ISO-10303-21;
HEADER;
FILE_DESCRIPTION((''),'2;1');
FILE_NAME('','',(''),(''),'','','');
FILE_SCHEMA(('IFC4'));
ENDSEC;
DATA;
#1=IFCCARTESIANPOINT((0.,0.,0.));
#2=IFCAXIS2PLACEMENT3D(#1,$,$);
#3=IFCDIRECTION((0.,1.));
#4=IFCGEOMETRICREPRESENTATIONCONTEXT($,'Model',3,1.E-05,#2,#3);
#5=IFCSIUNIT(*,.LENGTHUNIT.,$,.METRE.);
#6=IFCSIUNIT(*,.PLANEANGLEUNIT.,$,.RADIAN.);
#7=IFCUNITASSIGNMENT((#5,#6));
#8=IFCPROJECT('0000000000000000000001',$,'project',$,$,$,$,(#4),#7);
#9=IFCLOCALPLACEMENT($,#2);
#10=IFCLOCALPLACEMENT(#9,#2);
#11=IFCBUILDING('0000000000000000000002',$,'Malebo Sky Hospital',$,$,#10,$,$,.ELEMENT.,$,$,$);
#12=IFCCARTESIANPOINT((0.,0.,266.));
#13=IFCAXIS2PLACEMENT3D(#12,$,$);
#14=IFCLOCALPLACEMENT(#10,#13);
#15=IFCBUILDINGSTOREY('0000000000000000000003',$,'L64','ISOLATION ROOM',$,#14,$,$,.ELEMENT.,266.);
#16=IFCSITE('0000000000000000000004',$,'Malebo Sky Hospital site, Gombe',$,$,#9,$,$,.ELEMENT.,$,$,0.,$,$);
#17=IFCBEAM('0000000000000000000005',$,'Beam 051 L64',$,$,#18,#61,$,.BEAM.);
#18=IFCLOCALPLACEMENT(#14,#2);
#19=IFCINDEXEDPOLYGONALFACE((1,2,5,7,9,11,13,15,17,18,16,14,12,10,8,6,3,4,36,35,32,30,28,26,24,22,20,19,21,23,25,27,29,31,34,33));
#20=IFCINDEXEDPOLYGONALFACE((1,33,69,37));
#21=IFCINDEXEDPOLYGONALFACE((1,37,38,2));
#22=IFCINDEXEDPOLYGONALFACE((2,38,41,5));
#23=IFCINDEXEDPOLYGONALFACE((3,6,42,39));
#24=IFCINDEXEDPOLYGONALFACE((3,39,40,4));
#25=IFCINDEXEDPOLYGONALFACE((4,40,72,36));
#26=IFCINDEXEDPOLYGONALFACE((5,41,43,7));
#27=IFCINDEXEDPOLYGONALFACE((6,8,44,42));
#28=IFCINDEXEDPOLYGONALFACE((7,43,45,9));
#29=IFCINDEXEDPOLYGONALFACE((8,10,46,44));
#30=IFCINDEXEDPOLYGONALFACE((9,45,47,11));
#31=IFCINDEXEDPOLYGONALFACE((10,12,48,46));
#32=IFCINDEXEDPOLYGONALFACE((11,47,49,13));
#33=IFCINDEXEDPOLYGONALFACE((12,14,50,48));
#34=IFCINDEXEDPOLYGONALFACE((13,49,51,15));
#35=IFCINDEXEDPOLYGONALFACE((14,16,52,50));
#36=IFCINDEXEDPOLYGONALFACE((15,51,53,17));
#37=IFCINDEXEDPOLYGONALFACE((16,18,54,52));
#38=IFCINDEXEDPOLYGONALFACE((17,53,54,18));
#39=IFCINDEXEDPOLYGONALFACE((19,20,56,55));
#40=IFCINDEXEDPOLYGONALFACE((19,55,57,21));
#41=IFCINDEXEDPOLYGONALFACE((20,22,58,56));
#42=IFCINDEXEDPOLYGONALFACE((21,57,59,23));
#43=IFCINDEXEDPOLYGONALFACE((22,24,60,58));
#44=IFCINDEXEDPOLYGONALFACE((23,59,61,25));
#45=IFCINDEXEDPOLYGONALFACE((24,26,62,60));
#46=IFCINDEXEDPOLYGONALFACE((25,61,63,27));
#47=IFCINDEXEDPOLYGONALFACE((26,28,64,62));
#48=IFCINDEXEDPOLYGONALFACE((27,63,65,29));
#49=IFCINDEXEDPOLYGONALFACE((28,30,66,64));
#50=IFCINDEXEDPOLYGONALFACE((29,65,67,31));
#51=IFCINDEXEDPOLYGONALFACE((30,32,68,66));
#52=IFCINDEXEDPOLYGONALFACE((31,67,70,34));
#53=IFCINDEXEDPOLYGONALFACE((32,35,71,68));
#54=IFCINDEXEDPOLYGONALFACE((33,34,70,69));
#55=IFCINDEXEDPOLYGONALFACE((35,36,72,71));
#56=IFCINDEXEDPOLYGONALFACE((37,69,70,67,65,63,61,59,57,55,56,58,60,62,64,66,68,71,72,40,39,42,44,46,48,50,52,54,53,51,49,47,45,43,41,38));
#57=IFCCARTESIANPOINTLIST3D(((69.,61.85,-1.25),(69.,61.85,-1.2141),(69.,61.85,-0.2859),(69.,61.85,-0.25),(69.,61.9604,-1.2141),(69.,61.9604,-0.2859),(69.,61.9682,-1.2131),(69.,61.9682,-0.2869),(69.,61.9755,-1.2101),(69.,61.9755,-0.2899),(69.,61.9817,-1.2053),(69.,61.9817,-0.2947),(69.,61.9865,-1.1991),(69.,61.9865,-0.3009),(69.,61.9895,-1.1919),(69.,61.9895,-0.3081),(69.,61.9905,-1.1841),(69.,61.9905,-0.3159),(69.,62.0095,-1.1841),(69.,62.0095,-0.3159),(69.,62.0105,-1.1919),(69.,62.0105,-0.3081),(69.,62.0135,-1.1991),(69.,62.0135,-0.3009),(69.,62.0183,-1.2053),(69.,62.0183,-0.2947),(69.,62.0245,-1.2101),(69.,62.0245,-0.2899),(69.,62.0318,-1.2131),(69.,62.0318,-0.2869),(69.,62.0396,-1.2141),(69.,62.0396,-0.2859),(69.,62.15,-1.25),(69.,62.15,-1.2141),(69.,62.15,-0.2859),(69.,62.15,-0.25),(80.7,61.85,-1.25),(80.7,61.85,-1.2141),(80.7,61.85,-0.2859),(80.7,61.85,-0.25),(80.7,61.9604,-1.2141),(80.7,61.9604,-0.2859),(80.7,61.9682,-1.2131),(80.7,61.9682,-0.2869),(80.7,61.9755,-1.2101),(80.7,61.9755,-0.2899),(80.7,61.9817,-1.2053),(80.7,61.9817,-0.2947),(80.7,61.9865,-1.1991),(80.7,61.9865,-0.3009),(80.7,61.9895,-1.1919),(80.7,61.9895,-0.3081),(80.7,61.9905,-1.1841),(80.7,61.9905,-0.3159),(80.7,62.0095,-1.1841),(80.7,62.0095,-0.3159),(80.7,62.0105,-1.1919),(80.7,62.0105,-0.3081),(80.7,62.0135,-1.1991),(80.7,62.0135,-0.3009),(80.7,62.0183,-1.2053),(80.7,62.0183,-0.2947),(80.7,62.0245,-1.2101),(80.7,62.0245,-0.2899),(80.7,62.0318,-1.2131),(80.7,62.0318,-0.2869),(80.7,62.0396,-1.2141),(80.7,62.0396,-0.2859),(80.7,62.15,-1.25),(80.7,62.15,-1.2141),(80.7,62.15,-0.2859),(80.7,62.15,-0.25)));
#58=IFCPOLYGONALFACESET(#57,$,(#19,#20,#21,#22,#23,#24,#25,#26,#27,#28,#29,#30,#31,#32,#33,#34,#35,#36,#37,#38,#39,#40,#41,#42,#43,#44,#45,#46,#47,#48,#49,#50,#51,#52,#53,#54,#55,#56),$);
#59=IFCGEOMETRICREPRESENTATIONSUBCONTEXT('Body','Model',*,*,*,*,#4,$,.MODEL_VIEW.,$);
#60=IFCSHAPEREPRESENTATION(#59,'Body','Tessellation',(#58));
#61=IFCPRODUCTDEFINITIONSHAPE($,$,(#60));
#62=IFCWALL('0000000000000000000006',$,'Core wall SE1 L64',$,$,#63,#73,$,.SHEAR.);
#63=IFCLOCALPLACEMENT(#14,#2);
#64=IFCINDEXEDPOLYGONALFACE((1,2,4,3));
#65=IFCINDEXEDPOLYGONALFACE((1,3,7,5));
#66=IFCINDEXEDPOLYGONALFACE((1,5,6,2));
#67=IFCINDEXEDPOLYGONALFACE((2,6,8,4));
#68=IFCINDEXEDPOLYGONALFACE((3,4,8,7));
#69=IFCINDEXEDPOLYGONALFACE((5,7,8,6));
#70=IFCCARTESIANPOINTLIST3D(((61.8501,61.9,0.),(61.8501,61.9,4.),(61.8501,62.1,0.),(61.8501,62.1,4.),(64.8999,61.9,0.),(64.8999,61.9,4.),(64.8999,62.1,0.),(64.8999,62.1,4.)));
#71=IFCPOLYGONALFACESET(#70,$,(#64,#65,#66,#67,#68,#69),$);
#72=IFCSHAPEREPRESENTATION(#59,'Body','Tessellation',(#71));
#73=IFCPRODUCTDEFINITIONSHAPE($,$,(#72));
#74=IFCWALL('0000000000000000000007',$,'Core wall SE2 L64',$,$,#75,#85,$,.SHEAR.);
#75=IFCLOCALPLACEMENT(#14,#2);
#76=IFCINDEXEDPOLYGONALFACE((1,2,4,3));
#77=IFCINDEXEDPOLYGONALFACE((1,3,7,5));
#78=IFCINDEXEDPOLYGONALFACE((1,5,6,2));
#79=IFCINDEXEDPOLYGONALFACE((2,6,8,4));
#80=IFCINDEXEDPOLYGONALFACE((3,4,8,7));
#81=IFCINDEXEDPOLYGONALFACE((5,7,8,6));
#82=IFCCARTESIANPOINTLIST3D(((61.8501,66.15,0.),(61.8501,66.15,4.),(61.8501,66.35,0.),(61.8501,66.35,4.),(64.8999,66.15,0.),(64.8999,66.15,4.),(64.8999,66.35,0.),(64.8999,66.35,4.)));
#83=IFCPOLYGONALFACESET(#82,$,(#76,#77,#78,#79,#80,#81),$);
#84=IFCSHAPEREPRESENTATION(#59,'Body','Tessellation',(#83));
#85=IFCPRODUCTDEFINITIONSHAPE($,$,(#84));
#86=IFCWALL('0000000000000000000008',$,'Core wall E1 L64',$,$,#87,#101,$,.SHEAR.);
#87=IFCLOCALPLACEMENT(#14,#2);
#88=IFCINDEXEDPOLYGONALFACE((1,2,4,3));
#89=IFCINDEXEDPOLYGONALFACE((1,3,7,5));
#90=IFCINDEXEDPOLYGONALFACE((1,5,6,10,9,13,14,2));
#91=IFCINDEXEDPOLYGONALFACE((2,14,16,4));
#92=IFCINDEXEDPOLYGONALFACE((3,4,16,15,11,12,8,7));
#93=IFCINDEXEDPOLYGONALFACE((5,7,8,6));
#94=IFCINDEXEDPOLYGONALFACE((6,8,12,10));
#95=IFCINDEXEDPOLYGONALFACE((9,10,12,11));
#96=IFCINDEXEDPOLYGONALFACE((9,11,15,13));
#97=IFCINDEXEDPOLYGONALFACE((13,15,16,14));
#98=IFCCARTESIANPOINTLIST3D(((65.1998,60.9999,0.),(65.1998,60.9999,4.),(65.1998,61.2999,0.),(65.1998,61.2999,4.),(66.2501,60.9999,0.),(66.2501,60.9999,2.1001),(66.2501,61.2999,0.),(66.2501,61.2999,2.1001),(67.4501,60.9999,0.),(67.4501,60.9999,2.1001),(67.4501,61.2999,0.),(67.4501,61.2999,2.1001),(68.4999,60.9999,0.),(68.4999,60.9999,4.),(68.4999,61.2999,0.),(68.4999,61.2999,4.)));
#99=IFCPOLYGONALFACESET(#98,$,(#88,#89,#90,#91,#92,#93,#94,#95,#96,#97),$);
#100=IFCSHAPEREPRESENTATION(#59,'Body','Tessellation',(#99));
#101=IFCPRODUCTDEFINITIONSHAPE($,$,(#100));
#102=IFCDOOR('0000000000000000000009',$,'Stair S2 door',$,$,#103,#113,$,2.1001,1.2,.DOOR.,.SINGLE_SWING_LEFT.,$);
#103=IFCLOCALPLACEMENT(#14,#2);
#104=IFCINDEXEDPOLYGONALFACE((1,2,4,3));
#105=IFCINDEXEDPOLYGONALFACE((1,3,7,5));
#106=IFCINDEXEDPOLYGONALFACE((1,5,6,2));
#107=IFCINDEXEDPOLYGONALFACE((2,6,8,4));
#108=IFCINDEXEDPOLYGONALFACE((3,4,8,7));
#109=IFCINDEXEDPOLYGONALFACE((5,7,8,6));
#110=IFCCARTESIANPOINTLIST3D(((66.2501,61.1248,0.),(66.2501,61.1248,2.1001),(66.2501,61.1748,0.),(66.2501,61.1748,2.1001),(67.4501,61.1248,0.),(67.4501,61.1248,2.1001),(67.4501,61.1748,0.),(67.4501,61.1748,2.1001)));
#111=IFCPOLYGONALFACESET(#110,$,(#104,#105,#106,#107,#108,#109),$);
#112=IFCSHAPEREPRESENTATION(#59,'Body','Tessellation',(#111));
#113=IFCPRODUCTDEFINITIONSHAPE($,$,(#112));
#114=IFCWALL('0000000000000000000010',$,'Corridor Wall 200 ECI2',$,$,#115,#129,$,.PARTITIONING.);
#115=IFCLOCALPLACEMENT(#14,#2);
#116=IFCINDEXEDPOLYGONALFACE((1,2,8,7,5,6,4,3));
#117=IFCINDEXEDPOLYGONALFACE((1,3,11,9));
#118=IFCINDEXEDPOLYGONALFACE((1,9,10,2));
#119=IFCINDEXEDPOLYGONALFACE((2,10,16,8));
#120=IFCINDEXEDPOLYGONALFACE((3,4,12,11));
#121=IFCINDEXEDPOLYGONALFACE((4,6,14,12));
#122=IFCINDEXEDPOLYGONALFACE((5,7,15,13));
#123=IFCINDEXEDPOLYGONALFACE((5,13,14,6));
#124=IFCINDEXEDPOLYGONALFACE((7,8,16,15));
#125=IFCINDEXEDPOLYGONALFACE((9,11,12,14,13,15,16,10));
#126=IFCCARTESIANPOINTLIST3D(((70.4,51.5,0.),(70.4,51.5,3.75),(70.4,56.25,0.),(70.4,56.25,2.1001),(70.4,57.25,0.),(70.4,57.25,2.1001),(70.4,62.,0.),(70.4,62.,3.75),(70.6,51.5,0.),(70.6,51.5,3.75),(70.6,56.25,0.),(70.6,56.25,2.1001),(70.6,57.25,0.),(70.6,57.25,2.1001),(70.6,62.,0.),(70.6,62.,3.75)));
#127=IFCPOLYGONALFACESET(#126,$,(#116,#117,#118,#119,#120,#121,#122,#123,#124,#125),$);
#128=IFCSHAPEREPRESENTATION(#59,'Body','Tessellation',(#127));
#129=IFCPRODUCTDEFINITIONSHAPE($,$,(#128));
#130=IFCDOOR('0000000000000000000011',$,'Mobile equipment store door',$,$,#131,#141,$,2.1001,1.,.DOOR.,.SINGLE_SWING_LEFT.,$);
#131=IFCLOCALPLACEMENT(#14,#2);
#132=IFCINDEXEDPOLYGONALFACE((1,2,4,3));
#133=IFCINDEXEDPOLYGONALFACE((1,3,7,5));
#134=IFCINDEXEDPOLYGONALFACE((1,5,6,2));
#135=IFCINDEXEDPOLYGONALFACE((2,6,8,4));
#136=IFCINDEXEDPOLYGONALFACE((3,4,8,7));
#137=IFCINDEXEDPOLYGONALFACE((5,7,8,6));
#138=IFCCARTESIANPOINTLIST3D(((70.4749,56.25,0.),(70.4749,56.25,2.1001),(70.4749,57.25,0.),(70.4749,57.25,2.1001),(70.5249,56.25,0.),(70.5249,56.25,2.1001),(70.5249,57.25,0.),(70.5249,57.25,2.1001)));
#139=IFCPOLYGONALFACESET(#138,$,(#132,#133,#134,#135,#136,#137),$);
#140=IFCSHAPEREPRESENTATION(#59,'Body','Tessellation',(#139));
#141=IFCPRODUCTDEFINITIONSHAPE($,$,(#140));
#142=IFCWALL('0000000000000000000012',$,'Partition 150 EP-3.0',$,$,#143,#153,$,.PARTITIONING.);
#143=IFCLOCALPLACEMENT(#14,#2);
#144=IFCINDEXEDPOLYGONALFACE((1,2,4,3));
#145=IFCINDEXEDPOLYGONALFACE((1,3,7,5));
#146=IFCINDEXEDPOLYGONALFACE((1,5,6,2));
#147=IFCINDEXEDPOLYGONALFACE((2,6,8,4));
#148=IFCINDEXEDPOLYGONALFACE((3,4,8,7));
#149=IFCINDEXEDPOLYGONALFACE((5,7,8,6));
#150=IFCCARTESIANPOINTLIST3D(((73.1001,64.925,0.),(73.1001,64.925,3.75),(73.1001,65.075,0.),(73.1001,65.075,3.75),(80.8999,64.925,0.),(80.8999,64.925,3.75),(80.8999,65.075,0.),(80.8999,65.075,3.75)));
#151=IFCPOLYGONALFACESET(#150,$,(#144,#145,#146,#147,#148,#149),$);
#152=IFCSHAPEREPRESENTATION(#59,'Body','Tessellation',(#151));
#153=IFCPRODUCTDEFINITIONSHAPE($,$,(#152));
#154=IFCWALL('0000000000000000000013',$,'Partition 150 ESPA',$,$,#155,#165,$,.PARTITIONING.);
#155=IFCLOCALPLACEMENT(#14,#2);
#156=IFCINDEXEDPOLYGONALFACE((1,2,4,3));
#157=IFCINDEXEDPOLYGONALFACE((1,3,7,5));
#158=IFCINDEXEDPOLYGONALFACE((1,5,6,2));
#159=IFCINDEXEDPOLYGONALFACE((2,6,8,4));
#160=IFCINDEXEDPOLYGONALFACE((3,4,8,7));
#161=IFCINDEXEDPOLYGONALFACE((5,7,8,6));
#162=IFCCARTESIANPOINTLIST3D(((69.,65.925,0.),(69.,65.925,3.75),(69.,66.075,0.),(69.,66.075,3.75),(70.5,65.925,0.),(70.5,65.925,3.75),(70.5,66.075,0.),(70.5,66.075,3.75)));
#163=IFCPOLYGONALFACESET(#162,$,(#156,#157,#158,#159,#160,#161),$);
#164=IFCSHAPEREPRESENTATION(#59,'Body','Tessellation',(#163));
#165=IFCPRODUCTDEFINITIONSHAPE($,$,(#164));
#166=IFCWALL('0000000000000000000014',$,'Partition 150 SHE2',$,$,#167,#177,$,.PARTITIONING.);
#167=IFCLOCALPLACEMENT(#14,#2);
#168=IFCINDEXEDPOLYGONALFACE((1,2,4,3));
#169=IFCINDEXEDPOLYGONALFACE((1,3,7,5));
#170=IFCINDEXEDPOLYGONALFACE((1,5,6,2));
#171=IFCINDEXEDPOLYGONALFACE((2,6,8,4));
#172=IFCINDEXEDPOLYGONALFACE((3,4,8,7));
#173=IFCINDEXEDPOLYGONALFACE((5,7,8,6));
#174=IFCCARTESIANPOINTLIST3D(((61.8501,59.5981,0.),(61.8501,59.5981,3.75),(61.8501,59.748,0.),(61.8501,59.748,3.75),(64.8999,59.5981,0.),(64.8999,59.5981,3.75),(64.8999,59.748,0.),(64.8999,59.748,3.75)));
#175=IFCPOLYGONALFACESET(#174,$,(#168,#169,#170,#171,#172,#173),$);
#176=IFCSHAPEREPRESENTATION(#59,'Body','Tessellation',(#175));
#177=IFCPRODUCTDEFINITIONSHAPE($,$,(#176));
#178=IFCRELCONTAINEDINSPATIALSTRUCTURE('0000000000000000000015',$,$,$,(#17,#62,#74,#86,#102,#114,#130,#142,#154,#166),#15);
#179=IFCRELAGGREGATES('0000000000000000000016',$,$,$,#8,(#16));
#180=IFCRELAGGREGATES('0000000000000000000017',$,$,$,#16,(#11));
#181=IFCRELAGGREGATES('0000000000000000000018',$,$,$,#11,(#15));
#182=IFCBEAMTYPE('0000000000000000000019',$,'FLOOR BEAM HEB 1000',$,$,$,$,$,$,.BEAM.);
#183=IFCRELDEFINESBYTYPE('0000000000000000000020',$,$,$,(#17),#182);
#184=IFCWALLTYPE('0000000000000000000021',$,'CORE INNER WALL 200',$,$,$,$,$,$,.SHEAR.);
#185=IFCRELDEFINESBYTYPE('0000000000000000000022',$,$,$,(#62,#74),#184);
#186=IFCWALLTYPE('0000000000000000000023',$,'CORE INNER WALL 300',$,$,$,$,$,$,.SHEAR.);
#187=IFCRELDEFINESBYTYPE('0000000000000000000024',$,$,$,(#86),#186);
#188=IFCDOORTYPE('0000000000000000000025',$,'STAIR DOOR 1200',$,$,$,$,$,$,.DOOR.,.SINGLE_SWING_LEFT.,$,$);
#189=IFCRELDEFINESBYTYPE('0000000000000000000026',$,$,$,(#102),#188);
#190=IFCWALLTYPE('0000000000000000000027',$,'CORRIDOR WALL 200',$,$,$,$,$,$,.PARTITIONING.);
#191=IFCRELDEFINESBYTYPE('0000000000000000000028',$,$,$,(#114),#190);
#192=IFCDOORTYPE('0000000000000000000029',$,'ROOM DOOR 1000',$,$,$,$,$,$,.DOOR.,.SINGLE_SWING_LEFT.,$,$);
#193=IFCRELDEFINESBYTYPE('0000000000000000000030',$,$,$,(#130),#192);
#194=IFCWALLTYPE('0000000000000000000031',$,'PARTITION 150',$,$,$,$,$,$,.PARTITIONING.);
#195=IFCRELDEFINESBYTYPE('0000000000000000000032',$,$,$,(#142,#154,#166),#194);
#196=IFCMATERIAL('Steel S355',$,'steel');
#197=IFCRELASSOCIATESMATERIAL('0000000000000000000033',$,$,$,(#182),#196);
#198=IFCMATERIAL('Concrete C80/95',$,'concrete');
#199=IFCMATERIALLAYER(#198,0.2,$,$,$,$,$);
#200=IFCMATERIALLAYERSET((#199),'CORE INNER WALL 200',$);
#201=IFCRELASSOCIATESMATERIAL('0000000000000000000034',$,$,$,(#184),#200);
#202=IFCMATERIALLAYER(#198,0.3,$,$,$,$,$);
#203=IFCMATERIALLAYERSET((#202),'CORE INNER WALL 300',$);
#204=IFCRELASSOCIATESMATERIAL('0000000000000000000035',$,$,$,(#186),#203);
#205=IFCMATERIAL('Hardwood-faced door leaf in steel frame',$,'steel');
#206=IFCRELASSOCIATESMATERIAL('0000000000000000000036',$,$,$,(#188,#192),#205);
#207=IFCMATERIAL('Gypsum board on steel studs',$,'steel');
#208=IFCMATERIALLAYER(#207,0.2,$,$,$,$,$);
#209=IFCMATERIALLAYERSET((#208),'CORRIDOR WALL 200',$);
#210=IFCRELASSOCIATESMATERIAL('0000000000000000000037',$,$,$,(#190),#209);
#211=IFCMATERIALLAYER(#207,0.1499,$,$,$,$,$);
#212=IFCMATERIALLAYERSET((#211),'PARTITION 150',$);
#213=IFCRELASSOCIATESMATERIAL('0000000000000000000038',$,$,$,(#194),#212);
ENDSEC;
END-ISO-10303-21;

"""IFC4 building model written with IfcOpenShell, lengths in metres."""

from ifc_helpers import new_model, si_unit, direction, frame, frame_2d, origin, origin_2d, place, context, subcontext, project, spatial, rectangle, i_section, extrude, material, layer, layer_set, material_profile, profile_set, type_object, element, fill, save


model = new_model("IFC4")

# Units and contexts
model_context = context("Model", 3, precision=1e-05, world=origin(), true_north=direction((0.0, 1.0)))
body_context = subcontext(model_context, "Body", "Model", "MODEL_VIEW")
ifc_project = project(units=[si_unit("LENGTHUNIT", "METRE"), si_unit("PLANEANGLEUNIT", "RADIAN")], contexts=[model_context])

# Site, building, storey
site_placement = place(None, origin())
site = spatial("IfcSite", under=ifc_project, at=site_placement, Name="Malebo Sky Hospital site, Gombe", CompositionType="ELEMENT", RefElevation=0.0)
building_placement = place(site_placement, origin())
building = spatial("IfcBuilding", under=site, at=building_placement, Name="Malebo Sky Hospital", CompositionType="ELEMENT")
storey_placement = place(building_placement, frame((0.0, 0.0, 266.0)))
storey = spatial("IfcBuildingStorey", under=building, at=storey_placement, Name="L64", Description="ISOLATION ROOM", CompositionType="ELEMENT", Elevation=266.0)

# Beam
ifc_material_1 = material(Name="Steel S355", Category="steel")
ifc_material_profile = material_profile(ifc_material_1, i_section(OverallWidth=0.3, OverallDepth=1.0, WebThickness=0.019, FlangeThickness=0.0359, FilletRadius=0.03, at=origin_2d()), Name="HEB 1000")
ifc_profile_set = profile_set([ifc_material_profile], Name="Steel S355")
beam_type = type_object("IfcBeamType", Name="FLOOR BEAM HEB 1000", PredefinedType="BEAM", material=ifc_profile_set)
beam_placement = place(storey_placement, frame((69.0, 62.0, -0.75), z_axis=(1.0, 0.0, 0.0), x_axis=(0.0, 1.0, 0.0)))
element("IfcBeam", 1, at=beam_placement, inside=storey, type_object=beam_type, Name="Beam 051 L64", PredefinedType="BEAM", context=body_context, shape_type="SweptSolid", body=[
    extrude(i_section(OverallWidth=0.3, OverallDepth=1.0, WebThickness=0.019, FlangeThickness=0.0359, FilletRadius=0.03, at=origin_2d()), origin(), (0.0, 0.0, 1.0), 11.7),
])

# Walls
ifc_material_2 = material(Name="Concrete C80/95", Category="concrete")
ifc_layer_1 = layer(ifc_material_2, 0.2)
ifc_layer_set_1 = layer_set([ifc_layer_1], Name="CORE INNER WALL 200")
wall_type_1 = type_object("IfcWallType", Name="CORE INNER WALL 200", PredefinedType="SHEAR", material=ifc_layer_set_1)
for number, where, z_axis, x_axis, name in (
    (2, (61.8501, 62.0, 0.0), (0.0, 0.0, 1.0), (1.0, 0.0, 0.0), "Core wall SE1 L64"),
    (3, (61.8501, 66.25, 0.0), (0.0, 0.0, 1.0), (1.0, 0.0, 0.0), "Core wall SE2 L64"),
):
    element("IfcWall", number, at=place(storey_placement, frame(where, z_axis=z_axis, x_axis=x_axis)), inside=storey, type_object=wall_type_1, Name=name, PredefinedType="SHEAR", context=body_context, shape_type="SweptSolid", body=[
        extrude(rectangle(XDim=3.0498, YDim=0.2, at=frame_2d((1.5249, 0.0))), origin(), (0.0, 0.0, 1.0), 4.0),
    ])

# Walls, openings, doors
ifc_layer_2 = layer(ifc_material_2, 0.3)
ifc_layer_set_2 = layer_set([ifc_layer_2], Name="CORE INNER WALL 300")
wall_type_2 = type_object("IfcWallType", Name="CORE INNER WALL 300", PredefinedType="SHEAR", material=ifc_layer_set_2)
wall_1_placement = place(storey_placement, frame((65.2, 61.1499, 0.0), z_axis=(0.0, 0.0, 1.0), x_axis=(1.0, 0.0, 0.0)))
wall_1 = element("IfcWall", 4, at=wall_1_placement, inside=storey, type_object=wall_type_2, Name="Core wall E1 L64", PredefinedType="SHEAR", context=body_context, shape_type="SweptSolid", body=[
    extrude(rectangle(XDim=3.3, YDim=0.3, at=frame_2d((1.6499, 0.0))), origin(), (0.0, 0.0, 1.0), 4.0),
])
opening_1_placement = place(wall_1_placement, frame((1.05, 0.0, 0.0)))
opening_1 = element("IfcOpeningElement", 5, at=opening_1_placement, cuts=wall_1, PredefinedType="OPENING", context=body_context, shape_type="SweptSolid", body=[
    extrude(rectangle(XDim=1.2, YDim=2.1001, at=frame_2d((0.6001, 1.05))), frame((0.0, 0.1599, 0.0), z_axis=(0.0, -1.0, 0.0), x_axis=(1.0, 0.0, 0.0)), (0.0, 0.0, 1.0), 0.3201),
])
ifc_material_3 = material(Name="Hardwood-faced door leaf in steel frame", Category="steel")
door_type_1 = type_object("IfcDoorType", Name="STAIR DOOR 1200", OperationType="SINGLE_SWING_LEFT", PredefinedType="DOOR", material=ifc_material_3)
door_1_placement = place(opening_1_placement, origin())
door_1 = element("IfcDoor", 6, at=door_1_placement, inside=storey, type_object=door_type_1, Name="Stair S2 door", OperationType="SINGLE_SWING_LEFT", OverallHeight=2.1001, OverallWidth=1.2, PredefinedType="DOOR", context=body_context, shape_type="SweptSolid", body=[
    extrude(rectangle(XDim=1.2, YDim=2.1001, at=frame_2d((0.6001, 1.05))), frame((0.0, 0.0249, 0.0), z_axis=(0.0, -1.0, 0.0), x_axis=(1.0, 0.0, 0.0)), (0.0, 0.0, 1.0), 0.05),
])
fill(opening_1, door_1)
ifc_material_4 = material(Name="Gypsum board on steel studs", Category="steel")
ifc_layer_3 = layer(ifc_material_4, 0.2)
ifc_layer_set_3 = layer_set([ifc_layer_3], Name="CORRIDOR WALL 200")
wall_type_3 = type_object("IfcWallType", Name="CORRIDOR WALL 200", PredefinedType="PARTITIONING", material=ifc_layer_set_3)
wall_2_placement = place(storey_placement, frame((70.5, 62.0, 0.0), z_axis=(0.0, 0.0, 1.0), x_axis=(0.0, -1.0, 0.0)))
wall_2 = element("IfcWall", 7, at=wall_2_placement, inside=storey, type_object=wall_type_3, Name="Corridor Wall 200 ECI2", PredefinedType="PARTITIONING", context=body_context, shape_type="SweptSolid", body=[
    extrude(rectangle(XDim=10.5, YDim=0.2, at=frame_2d((5.25, 0.0))), origin(), (0.0, 0.0, 1.0), 3.75),
])
opening_2_placement = place(wall_2_placement, frame((4.75, 0.0, 0.0)))
opening_2 = element("IfcOpeningElement", 8, at=opening_2_placement, cuts=wall_2, PredefinedType="OPENING", context=body_context, shape_type="SweptSolid", body=[
    extrude(rectangle(XDim=1.0, YDim=2.1001, at=frame_2d((0.5, 1.05))), frame((0.0, 0.1099, 0.0), z_axis=(0.0, -1.0, 0.0), x_axis=(1.0, 0.0, 0.0)), (0.0, 0.0, 1.0), 0.22),
])
door_type_2 = type_object("IfcDoorType", Name="ROOM DOOR 1000", OperationType="SINGLE_SWING_LEFT", PredefinedType="DOOR", material=ifc_material_3)
door_2_placement = place(opening_2_placement, origin())
door_2 = element("IfcDoor", 9, at=door_2_placement, inside=storey, type_object=door_type_2, Name="Mobile equipment store door", OperationType="SINGLE_SWING_LEFT", OverallHeight=2.1001, OverallWidth=1.0, PredefinedType="DOOR", context=body_context, shape_type="SweptSolid", body=[
    extrude(rectangle(XDim=1.0, YDim=2.1001, at=frame_2d((0.5, 1.05))), frame((0.0, 0.0249, 0.0), z_axis=(0.0, -1.0, 0.0), x_axis=(1.0, 0.0, 0.0)), (0.0, 0.0, 1.0), 0.05),
])
fill(opening_2, door_2)

# Walls
ifc_layer_4 = layer(ifc_material_4, 0.1499)
ifc_layer_set_4 = layer_set([ifc_layer_4], Name="PARTITION 150")
wall_type_4 = type_object("IfcWallType", Name="PARTITION 150", PredefinedType="PARTITIONING", material=ifc_layer_set_4)
wall_3_placement = place(storey_placement, frame((73.1001, 65.0, 0.0), z_axis=(0.0, 0.0, 1.0), x_axis=(1.0, 0.0, 0.0)))
element("IfcWall", 10, at=wall_3_placement, inside=storey, type_object=wall_type_4, Name="Partition 150 EP-3.0", PredefinedType="PARTITIONING", context=body_context, shape_type="SweptSolid", body=[
    extrude(rectangle(XDim=7.7998, YDim=0.1499, at=frame_2d((3.8999, 0.0))), origin(), (0.0, 0.0, 1.0), 3.75),
])
wall_4_placement = place(storey_placement, frame((69.0, 66.0, 0.0), z_axis=(0.0, 0.0, 1.0), x_axis=(1.0, 0.0, 0.0)))
element("IfcWall", 11, at=wall_4_placement, inside=storey, type_object=wall_type_4, Name="Partition 150 ESPA", PredefinedType="PARTITIONING", context=body_context, shape_type="SweptSolid", body=[
    extrude(rectangle(XDim=1.5, YDim=0.1499, at=frame_2d((0.75, 0.0))), origin(), (0.0, 0.0, 1.0), 3.75),
])
wall_5_placement = place(storey_placement, frame((61.8501, 59.6731, 0.0), z_axis=(0.0, 0.0, 1.0), x_axis=(1.0, 0.0, 0.0)))
element("IfcWall", 12, at=wall_5_placement, inside=storey, type_object=wall_type_4, Name="Partition 150 SHE2", PredefinedType="PARTITIONING", context=body_context, shape_type="SweptSolid", body=[
    extrude(rectangle(XDim=3.0498, YDim=0.1499, at=frame_2d((1.5249, 0.0))), origin(), (0.0, 0.0, 1.0), 3.75),
])

save(model, "model.ifc")
